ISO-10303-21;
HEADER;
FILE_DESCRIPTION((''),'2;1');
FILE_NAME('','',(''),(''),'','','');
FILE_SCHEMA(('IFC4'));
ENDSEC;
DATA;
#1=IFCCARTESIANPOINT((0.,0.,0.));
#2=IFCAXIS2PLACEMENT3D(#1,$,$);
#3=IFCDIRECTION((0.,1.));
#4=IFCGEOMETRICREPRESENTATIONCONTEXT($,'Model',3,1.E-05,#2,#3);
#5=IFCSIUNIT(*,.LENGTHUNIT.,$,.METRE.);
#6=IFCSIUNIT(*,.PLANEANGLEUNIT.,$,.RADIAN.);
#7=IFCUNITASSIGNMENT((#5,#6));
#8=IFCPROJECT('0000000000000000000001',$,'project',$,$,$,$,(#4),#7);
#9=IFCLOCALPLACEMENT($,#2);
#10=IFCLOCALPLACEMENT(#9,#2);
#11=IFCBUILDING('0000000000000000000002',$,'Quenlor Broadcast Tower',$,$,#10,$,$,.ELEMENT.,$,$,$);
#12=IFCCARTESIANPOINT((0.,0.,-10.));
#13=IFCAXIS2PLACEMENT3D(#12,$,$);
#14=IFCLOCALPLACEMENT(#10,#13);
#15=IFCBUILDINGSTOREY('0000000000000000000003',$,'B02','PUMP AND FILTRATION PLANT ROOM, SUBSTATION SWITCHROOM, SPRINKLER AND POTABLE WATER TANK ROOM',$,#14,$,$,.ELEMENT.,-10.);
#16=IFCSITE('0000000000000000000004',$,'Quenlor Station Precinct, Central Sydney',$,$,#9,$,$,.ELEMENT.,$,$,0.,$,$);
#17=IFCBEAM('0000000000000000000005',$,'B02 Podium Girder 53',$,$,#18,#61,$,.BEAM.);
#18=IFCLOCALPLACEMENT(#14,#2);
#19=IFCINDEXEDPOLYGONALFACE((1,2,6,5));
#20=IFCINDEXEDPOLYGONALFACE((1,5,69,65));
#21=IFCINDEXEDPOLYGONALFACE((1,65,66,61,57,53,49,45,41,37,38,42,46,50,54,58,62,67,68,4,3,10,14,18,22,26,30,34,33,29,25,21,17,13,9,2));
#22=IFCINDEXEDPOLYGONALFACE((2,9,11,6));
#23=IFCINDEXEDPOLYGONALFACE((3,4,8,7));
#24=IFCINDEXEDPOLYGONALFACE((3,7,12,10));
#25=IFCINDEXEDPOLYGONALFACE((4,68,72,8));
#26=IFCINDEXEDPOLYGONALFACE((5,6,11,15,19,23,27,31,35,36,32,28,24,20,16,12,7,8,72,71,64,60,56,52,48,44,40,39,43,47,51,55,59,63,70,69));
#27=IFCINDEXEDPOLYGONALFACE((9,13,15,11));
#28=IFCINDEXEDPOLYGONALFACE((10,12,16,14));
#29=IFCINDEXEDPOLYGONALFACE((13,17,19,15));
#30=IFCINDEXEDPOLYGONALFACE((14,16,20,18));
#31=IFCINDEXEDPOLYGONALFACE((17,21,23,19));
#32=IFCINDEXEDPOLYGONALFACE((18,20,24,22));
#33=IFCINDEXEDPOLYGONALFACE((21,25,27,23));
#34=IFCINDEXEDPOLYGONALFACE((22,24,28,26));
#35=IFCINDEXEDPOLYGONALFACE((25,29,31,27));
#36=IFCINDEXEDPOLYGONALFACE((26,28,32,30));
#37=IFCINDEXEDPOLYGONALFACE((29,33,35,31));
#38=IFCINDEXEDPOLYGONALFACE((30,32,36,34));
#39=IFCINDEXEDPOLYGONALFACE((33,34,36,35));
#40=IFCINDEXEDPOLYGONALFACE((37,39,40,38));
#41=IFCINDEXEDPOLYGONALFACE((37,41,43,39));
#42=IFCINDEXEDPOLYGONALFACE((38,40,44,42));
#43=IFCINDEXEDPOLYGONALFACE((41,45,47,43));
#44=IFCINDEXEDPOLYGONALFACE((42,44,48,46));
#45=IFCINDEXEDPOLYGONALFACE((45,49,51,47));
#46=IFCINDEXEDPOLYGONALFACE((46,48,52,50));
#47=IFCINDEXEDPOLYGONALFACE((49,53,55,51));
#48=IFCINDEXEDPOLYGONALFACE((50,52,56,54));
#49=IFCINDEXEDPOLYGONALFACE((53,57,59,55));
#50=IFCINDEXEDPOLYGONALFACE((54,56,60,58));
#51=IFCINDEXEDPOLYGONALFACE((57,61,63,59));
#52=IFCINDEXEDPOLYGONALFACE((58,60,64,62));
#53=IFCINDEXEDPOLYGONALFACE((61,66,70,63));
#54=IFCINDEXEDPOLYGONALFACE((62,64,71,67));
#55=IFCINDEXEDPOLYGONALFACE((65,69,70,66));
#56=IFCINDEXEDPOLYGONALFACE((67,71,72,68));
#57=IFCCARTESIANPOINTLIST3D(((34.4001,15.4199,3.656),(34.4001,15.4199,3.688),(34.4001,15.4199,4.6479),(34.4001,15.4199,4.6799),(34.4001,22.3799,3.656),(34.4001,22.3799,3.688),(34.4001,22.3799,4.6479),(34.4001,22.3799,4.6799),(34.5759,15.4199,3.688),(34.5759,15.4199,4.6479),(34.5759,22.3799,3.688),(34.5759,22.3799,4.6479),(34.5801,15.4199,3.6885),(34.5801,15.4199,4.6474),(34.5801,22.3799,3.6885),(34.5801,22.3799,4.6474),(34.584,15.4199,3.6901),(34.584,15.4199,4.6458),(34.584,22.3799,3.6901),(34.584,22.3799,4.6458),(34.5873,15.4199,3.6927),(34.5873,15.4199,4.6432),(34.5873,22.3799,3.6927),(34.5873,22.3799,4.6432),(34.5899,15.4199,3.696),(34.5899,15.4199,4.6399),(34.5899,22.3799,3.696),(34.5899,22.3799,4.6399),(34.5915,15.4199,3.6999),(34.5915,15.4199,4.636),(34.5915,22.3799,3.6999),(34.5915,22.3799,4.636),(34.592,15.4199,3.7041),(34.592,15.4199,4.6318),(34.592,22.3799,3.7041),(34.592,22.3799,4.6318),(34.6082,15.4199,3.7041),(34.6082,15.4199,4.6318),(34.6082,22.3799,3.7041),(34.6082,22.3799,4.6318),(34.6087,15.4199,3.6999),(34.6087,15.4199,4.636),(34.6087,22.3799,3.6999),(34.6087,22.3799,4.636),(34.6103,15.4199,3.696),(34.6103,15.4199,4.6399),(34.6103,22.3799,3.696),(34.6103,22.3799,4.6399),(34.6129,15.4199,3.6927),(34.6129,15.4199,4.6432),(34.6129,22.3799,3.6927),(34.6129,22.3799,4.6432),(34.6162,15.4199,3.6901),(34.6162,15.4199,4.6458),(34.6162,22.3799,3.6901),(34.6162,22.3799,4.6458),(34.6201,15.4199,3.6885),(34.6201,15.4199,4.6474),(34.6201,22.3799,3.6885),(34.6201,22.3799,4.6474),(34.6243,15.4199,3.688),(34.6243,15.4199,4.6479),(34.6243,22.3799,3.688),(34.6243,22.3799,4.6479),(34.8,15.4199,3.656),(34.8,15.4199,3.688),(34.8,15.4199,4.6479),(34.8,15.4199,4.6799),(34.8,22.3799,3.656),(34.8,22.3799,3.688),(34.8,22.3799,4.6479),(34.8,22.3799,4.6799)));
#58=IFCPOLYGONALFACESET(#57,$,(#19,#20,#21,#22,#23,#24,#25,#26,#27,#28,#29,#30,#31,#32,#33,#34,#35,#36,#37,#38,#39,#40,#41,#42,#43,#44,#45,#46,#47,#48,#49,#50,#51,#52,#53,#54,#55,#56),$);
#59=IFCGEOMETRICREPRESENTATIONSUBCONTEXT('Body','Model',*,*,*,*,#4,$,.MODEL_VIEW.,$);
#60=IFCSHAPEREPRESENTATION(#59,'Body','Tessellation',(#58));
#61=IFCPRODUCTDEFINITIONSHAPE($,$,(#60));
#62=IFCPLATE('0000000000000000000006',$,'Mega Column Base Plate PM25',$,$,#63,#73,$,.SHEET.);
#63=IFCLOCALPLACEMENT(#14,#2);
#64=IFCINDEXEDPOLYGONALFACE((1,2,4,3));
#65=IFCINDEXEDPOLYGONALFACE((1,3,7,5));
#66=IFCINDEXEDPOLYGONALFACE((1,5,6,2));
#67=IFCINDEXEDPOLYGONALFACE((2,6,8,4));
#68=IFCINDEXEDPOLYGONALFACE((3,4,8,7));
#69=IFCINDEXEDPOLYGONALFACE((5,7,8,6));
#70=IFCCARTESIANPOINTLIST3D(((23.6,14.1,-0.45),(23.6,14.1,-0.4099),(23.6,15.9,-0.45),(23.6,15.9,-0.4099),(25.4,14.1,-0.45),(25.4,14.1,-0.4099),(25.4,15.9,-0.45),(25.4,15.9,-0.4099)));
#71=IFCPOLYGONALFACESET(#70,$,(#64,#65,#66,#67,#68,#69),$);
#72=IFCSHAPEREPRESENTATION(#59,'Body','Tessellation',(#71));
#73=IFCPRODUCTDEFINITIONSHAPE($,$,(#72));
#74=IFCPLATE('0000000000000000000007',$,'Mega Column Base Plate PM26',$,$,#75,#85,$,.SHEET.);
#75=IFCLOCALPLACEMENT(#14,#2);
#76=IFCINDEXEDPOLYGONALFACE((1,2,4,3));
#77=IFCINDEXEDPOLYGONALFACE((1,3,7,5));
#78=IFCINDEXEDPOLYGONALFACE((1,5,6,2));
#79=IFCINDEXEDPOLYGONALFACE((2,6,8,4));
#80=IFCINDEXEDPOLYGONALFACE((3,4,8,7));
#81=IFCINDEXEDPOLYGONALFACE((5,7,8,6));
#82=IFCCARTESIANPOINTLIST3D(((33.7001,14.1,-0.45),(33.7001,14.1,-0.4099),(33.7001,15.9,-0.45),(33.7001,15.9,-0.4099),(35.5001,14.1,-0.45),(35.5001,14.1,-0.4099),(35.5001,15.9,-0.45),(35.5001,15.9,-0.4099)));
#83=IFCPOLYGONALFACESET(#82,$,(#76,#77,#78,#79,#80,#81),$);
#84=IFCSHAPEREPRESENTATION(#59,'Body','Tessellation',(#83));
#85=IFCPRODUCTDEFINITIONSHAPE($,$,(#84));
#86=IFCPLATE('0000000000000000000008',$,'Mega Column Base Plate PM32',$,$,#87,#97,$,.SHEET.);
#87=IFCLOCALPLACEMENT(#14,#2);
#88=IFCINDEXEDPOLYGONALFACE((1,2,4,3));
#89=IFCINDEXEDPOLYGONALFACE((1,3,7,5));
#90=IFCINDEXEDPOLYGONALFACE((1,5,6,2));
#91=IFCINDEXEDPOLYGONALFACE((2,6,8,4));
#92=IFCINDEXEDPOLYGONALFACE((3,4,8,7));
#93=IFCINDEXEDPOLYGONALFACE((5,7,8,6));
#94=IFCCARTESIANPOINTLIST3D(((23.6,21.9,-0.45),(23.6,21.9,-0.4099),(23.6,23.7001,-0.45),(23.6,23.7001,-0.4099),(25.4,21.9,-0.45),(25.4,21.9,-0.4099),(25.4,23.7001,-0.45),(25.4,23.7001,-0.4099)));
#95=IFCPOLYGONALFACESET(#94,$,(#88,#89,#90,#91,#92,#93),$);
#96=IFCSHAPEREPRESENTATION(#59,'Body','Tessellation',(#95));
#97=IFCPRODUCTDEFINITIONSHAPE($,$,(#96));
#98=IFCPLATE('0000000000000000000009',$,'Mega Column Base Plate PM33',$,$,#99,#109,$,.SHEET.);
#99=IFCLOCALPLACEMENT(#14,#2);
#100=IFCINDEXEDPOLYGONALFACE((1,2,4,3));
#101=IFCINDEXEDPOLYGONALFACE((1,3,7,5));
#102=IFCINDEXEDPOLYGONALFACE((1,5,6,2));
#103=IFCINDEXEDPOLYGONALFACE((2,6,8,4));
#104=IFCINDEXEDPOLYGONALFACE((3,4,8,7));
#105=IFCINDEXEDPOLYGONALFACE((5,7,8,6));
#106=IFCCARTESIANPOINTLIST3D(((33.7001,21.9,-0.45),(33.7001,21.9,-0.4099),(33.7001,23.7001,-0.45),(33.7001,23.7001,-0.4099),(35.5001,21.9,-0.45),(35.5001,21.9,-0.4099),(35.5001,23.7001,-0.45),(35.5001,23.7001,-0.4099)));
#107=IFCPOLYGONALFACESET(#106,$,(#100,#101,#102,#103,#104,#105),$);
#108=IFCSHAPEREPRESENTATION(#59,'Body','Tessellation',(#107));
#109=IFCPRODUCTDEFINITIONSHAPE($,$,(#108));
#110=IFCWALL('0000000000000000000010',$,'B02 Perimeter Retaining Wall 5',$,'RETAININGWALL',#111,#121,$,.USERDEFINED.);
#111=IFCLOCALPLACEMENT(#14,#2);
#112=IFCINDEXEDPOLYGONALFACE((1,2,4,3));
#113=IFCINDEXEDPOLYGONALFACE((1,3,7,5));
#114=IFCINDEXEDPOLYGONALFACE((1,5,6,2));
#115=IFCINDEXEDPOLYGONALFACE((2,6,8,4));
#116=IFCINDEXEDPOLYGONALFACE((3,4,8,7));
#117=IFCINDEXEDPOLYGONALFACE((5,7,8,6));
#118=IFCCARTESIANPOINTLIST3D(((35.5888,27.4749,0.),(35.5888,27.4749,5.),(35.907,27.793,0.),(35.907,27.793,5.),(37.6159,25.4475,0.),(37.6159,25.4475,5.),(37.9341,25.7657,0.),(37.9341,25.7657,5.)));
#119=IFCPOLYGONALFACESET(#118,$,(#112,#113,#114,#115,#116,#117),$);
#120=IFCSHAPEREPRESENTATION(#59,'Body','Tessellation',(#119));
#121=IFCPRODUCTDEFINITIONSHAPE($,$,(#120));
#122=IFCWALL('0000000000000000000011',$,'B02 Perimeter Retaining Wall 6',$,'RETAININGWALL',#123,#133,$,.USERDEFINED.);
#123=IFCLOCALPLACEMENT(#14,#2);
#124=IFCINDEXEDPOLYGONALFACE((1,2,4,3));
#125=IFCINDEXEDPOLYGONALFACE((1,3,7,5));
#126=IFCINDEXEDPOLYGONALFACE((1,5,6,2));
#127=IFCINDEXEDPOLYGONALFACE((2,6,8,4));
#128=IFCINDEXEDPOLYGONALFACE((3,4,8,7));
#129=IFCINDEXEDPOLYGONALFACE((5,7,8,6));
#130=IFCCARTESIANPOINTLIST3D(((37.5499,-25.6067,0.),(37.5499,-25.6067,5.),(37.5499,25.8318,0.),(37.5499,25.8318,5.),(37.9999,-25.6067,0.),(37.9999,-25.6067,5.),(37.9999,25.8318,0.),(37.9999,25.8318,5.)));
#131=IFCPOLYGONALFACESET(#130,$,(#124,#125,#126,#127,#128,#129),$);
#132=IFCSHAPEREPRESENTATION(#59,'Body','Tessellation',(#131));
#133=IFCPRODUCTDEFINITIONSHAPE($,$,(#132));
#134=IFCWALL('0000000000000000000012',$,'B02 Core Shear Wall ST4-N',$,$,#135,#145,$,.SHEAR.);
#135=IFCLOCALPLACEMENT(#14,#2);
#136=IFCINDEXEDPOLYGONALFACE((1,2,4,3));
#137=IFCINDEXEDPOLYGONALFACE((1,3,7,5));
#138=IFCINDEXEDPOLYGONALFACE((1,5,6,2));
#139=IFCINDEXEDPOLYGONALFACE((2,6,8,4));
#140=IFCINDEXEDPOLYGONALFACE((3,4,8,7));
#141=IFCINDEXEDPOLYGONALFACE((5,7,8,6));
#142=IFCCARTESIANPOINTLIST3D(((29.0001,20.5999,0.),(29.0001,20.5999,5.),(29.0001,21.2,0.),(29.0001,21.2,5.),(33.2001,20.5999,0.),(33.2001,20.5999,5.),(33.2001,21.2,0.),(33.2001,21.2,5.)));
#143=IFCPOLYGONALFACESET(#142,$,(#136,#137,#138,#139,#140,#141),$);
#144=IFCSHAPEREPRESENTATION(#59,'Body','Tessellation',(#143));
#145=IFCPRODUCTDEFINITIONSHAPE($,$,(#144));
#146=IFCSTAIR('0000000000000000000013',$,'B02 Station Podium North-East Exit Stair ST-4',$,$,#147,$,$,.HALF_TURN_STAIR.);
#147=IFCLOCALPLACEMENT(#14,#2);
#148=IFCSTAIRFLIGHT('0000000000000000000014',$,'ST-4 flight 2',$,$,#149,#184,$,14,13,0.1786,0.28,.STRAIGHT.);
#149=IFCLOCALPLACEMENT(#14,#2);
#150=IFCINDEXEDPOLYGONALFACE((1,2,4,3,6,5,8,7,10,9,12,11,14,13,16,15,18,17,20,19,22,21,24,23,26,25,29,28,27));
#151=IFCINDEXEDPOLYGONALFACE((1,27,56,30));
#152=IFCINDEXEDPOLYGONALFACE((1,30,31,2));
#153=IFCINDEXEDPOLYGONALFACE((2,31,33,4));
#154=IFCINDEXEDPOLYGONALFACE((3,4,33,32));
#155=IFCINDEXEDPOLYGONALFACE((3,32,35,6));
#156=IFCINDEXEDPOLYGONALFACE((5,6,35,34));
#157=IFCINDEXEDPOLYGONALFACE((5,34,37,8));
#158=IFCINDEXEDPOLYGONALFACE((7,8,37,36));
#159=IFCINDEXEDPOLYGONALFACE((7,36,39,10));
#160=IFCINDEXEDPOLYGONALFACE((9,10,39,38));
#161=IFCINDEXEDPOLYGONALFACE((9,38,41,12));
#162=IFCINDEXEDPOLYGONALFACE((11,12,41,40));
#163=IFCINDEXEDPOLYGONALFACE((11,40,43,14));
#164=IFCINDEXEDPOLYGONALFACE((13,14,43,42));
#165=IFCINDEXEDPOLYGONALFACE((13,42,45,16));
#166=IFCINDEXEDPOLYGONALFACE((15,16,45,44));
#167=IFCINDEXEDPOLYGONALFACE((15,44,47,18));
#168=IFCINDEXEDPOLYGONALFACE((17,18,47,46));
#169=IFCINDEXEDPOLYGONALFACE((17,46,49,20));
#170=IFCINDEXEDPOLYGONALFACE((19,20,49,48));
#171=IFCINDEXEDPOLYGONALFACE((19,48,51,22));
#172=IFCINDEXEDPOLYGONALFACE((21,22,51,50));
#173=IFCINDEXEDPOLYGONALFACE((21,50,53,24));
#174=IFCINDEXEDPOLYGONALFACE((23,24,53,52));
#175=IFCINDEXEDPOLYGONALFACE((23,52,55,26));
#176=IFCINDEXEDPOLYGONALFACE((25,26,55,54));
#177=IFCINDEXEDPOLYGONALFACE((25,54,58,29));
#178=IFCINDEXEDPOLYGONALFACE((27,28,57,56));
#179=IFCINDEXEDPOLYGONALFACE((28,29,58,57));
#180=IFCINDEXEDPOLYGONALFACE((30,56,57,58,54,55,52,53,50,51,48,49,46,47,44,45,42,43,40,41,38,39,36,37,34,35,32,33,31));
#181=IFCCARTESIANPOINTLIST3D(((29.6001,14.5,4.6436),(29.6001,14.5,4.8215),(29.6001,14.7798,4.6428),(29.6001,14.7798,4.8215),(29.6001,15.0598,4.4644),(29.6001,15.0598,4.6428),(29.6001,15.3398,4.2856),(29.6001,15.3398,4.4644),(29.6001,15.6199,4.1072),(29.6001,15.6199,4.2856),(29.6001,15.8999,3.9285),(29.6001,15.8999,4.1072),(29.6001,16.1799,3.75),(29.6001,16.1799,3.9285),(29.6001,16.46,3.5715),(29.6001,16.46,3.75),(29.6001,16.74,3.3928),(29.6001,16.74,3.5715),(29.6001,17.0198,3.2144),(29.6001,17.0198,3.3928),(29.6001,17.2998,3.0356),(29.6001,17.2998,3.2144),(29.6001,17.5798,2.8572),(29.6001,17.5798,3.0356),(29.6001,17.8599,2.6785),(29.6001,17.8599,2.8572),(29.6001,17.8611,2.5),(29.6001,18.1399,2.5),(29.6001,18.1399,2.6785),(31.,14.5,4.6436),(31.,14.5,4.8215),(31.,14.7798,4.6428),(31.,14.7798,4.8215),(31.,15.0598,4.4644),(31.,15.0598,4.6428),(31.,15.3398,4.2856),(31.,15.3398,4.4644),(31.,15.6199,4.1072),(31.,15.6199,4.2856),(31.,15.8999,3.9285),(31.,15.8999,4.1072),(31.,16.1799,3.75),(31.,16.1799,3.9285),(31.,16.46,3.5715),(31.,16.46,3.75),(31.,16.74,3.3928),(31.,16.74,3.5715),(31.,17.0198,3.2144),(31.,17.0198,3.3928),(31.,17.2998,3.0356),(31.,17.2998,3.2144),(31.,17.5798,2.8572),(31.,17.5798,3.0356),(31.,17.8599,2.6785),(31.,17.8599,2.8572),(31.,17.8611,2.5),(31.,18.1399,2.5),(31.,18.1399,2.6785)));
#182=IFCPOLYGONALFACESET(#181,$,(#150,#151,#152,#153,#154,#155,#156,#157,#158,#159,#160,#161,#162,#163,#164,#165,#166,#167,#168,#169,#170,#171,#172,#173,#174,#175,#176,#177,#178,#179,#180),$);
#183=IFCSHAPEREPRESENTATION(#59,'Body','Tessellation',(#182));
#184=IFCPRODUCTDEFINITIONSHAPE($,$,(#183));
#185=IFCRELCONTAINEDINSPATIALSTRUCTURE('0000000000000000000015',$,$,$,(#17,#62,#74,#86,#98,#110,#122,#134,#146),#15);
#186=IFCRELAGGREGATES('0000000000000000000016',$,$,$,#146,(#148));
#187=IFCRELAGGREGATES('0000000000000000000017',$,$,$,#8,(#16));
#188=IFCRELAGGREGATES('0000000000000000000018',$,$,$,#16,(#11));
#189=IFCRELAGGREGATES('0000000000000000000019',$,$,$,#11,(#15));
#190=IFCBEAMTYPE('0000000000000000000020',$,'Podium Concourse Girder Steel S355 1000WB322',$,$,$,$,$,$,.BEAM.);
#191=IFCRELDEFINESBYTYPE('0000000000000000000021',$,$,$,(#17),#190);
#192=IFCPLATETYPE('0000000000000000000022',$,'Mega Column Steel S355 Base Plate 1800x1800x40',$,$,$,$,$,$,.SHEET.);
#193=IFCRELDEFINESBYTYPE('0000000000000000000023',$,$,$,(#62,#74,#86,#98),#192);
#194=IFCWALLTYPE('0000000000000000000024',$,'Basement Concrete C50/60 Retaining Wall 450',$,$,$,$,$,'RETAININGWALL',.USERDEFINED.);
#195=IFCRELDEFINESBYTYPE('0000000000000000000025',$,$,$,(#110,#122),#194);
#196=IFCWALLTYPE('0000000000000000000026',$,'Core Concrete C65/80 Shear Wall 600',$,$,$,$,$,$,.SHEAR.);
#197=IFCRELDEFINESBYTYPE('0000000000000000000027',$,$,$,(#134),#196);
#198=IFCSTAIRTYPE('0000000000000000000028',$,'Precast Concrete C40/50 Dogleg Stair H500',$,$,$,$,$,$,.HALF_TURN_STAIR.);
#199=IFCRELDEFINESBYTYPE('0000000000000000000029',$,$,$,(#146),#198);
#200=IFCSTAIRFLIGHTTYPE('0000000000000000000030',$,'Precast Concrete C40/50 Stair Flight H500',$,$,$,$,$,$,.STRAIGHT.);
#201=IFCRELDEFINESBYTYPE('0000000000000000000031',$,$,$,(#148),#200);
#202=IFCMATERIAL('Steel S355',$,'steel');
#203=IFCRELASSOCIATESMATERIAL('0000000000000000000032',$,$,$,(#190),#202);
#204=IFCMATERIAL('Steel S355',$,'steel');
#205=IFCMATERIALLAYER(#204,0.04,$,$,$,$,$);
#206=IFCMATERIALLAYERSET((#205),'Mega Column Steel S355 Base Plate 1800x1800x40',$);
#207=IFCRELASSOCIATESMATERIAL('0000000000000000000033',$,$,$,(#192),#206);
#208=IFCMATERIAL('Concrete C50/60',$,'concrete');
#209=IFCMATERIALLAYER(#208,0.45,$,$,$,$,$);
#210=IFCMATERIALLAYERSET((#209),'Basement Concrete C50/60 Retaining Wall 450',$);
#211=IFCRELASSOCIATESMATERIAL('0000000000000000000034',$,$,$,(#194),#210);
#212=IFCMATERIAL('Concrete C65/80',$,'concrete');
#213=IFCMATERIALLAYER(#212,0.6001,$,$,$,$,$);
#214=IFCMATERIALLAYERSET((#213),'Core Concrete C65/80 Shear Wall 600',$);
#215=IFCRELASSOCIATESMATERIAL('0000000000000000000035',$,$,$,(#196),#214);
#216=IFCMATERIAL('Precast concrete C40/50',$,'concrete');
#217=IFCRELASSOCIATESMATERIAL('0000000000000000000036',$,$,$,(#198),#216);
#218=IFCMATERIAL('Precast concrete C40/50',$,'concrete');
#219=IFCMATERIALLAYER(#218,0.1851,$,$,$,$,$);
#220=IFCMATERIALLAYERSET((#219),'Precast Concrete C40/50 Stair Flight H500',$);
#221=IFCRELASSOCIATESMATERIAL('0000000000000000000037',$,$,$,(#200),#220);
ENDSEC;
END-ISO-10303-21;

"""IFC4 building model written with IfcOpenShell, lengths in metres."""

from ifc_helpers import new_model, si_unit, direction, frame, frame_2d, origin, origin_2d, place, context, subcontext, project, spatial, polyline, rectangle, i_section, outline, extrude, material, layer, layer_set, material_profile, profile_set, type_object, element, aggregate, save


model = new_model("IFC4")

# Units and contexts
model_context = context("Model", 3, precision=1e-05, world=origin(), true_north=direction((0.0, 1.0)))
body_context = subcontext(model_context, "Body", "Model", "MODEL_VIEW")
ifc_project = project(units=[si_unit("LENGTHUNIT", "METRE"), si_unit("PLANEANGLEUNIT", "RADIAN")], contexts=[model_context])

# Site, building, storey
site_placement = place(None, origin())
site = spatial("IfcSite", under=ifc_project, at=site_placement, Name="Quenlor Station Precinct, Central Sydney", CompositionType="ELEMENT", RefElevation=0.0)
building_placement = place(site_placement, origin())
building = spatial("IfcBuilding", under=site, at=building_placement, Name="Quenlor Broadcast Tower", CompositionType="ELEMENT")
storey_placement = place(building_placement, frame((0.0, 0.0, -10.0)))
storey = spatial("IfcBuildingStorey", under=building, at=storey_placement, Name="B02", Description="PUMP AND FILTRATION PLANT ROOM, SUBSTATION SWITCHROOM, SPRINKLER AND POTABLE WATER TANK ROOM", CompositionType="ELEMENT", Elevation=-10.0)

# Beam
ifc_material_1 = material(Name="Steel S355", Category="steel")
ifc_material_profile_1 = material_profile(ifc_material_1, i_section(OverallWidth=0.3999, OverallDepth=1.0239, WebThickness=0.0161, FlangeThickness=0.032, FilletRadius=0.0161, at=origin_2d()))
ifc_profile_set_1 = profile_set([ifc_material_profile_1], Name="Steel S355 1000WB322")
beam_type = type_object("IfcBeamType", Name="Podium Concourse Girder Steel S355 1000WB322", PredefinedType="BEAM", material=ifc_profile_set_1)
for number, where, z_axis, x_axis, name in (
    (1, (34.6001, 15.4199, 4.168), (0.0, 1.0, 0.0), (-1.0, 0.0, 0.0), "B02 Podium Girder 53"),
):
    element("IfcBeam", number, at=place(storey_placement, frame(where, z_axis=z_axis, x_axis=x_axis)), inside=storey, type_object=beam_type, Name=name, PredefinedType="BEAM", context=body_context, shape_type="SweptSolid", body=[
        extrude(i_section(OverallWidth=0.3999, OverallDepth=1.0239, WebThickness=0.0161, FlangeThickness=0.032, FilletRadius=0.0161, at=origin_2d()), origin(), (0.0, 0.0, 1.0), 6.96),
    ])

# Plates
ifc_material_2 = material(Name="Steel S355", Category="steel")
ifc_layer_1 = layer(ifc_material_2, 0.04)
ifc_layer_set_1 = layer_set([ifc_layer_1], Name="Mega Column Steel S355 Base Plate 1800x1800x40")
plate_type = type_object("IfcPlateType", Name="Mega Column Steel S355 Base Plate 1800x1800x40", PredefinedType="SHEET", material=ifc_layer_set_1)
for number, where, z_axis, x_axis, name in (
    (2, (24.5, 15.0, -0.45), (0.0, 0.0, 1.0), (1.0, 0.0, 0.0), "Mega Column Base Plate PM25"),
    (3, (34.6001, 15.0, -0.45), (0.0, 0.0, 1.0), (1.0, 0.0, 0.0), "Mega Column Base Plate PM26"),
    (4, (24.5, 22.8, -0.45), (0.0, 0.0, 1.0), (1.0, 0.0, 0.0), "Mega Column Base Plate PM32"),
    (5, (34.6001, 22.8, -0.45), (0.0, 0.0, 1.0), (1.0, 0.0, 0.0), "Mega Column Base Plate PM33"),
):
    element("IfcPlate", number, at=place(storey_placement, frame(where, z_axis=z_axis, x_axis=x_axis)), inside=storey, type_object=plate_type, Name=name, PredefinedType="SHEET", context=body_context, shape_type="SweptSolid", body=[
        extrude(rectangle(XDim=1.8, YDim=1.8, at=origin_2d()), origin(), (0.0, 0.0, 1.0), 0.04),
    ])

# Walls
ifc_material_3 = material(Name="Concrete C50/60", Category="concrete")
ifc_layer_2 = layer(ifc_material_3, 0.45)
ifc_layer_set_2 = layer_set([ifc_layer_2], Name="Basement Concrete C50/60 Retaining Wall 450")
wall_type_1 = type_object("IfcWallType", Name="Basement Concrete C50/60 Retaining Wall 450", ElementType="RETAININGWALL", PredefinedType="USERDEFINED", material=ifc_layer_set_2)
wall_1_placement = place(storey_placement, frame((35.7478, 27.634, 0.0), z_axis=(0.0, 0.0, 1.0), x_axis=(0.707064, -0.707149, 0.0)))
element("IfcWall", 6, at=wall_1_placement, inside=storey, type_object=wall_type_1, Name="B02 Perimeter Retaining Wall 5", ObjectType="RETAININGWALL", PredefinedType="USERDEFINED", context=body_context, shape_type="SweptSolid", body=[
    extrude(rectangle(XDim=2.8669, YDim=0.45, at=frame_2d((1.4336, 0.0))), origin(), (0.0, 0.0, 1.0), 5.0),
])
wall_2_placement = place(storey_placement, frame((37.7749, 25.8318, 0.0), z_axis=(0.0, 0.0, 1.0), x_axis=(0.0, -1.0, 0.0)))
element("IfcWall", 7, at=wall_2_placement, inside=storey, type_object=wall_type_1, Name="B02 Perimeter Retaining Wall 6", ObjectType="RETAININGWALL", PredefinedType="USERDEFINED", context=body_context, shape_type="SweptSolid", body=[
    extrude(rectangle(XDim=51.4385, YDim=0.45, at=frame_2d((25.7192, 0.0))), origin(), (0.0, 0.0, 1.0), 5.0),
])
ifc_material_4 = material(Name="Concrete C65/80", Category="concrete")
ifc_layer_3 = layer(ifc_material_4, 0.6001)
ifc_layer_set_3 = layer_set([ifc_layer_3], Name="Core Concrete C65/80 Shear Wall 600")
wall_type_2 = type_object("IfcWallType", Name="Core Concrete C65/80 Shear Wall 600", PredefinedType="SHEAR", material=ifc_layer_set_3)
wall_3_placement = place(storey_placement, frame((29.0, 20.8999, 0.0), z_axis=(0.0, 0.0, 1.0), x_axis=(1.0, 0.0, 0.0)))
element("IfcWall", 8, at=wall_3_placement, inside=storey, type_object=wall_type_2, Name="B02 Core Shear Wall ST4-N", PredefinedType="SHEAR", context=body_context, shape_type="SweptSolid", body=[
    extrude(rectangle(XDim=4.2, YDim=0.6001, at=frame_2d((2.1001, 0.0))), origin(), (0.0, 0.0, 1.0), 5.0),
])

# Stair, stair flight
ifc_material_5 = material(Name="Precast concrete C40/50", Category="concrete")
stair_type = type_object("IfcStairType", Name="Precast Concrete C40/50 Dogleg Stair H500", PredefinedType="HALF_TURN_STAIR", material=ifc_material_5)
stair_placement = place(storey_placement, origin())
stair = element("IfcStair", 9, at=stair_placement, inside=storey, type_object=stair_type, Name="B02 Station Podium North-East Exit Stair ST-4", PredefinedType="HALF_TURN_STAIR")
ifc_material_6 = material(Name="Precast concrete C40/50", Category="concrete")
ifc_layer_4 = layer(ifc_material_6, 0.1851)
ifc_layer_set_4 = layer_set([ifc_layer_4], Name="Precast Concrete C40/50 Stair Flight H500")
stair_flight_type = type_object("IfcStairFlightType", Name="Precast Concrete C40/50 Stair Flight H500", PredefinedType="STRAIGHT", material=ifc_layer_set_4)
stair_flight_placement = place(storey_placement, frame((30.3, 18.1399, 2.5), z_axis=(0.0, 0.0, 1.0), x_axis=(0.0, -1.0, 0.0)))
stair_flight = element("IfcStairFlight", 10, at=stair_flight_placement, type_object=stair_flight_type, Name="ST-4 flight 2", NumberOfRisers=14, NumberOfTreads=13, PredefinedType="STRAIGHT", RiserHeight=0.1786, TreadLength=0.28, context=body_context, shape_type="SweptSolid", body=[
    extrude(outline(polyline([(0.0, 0.0), (0.0, 0.1785), (0.28, 0.1785), (0.28, 0.3572), (0.5601, 0.3572), (0.5601, 0.5356), (0.8401, 0.5356), (0.8401, 0.7144), (1.1201, 0.7144), (1.1201, 0.8928), (1.3999, 0.8928), (1.3999, 1.0715), (1.6799, 1.0715), (1.6799, 1.25), (1.96, 1.25), (1.96, 1.4285), (2.24, 1.4285), (2.24, 1.6072), (2.52, 1.6072), (2.52, 1.7856), (2.8, 1.7856), (2.8, 1.9644), (3.0801, 1.9644), (3.0801, 2.1428), (3.3601, 2.1428), (3.3601, 2.3215), (3.6399, 2.3215), (3.6399, 2.5), (3.6399, 2.1436), (0.2788, 0.0), (0.0, 0.0)])), frame((0.0, 0.7, 0.0), z_axis=(0.0, -1.0, 0.0), x_axis=(1.0, 0.0, 0.0)), (0.0, 0.0, 1.0), 1.3999),
])
aggregate(stair, [stair_flight])

save(model, "model.ifc")
